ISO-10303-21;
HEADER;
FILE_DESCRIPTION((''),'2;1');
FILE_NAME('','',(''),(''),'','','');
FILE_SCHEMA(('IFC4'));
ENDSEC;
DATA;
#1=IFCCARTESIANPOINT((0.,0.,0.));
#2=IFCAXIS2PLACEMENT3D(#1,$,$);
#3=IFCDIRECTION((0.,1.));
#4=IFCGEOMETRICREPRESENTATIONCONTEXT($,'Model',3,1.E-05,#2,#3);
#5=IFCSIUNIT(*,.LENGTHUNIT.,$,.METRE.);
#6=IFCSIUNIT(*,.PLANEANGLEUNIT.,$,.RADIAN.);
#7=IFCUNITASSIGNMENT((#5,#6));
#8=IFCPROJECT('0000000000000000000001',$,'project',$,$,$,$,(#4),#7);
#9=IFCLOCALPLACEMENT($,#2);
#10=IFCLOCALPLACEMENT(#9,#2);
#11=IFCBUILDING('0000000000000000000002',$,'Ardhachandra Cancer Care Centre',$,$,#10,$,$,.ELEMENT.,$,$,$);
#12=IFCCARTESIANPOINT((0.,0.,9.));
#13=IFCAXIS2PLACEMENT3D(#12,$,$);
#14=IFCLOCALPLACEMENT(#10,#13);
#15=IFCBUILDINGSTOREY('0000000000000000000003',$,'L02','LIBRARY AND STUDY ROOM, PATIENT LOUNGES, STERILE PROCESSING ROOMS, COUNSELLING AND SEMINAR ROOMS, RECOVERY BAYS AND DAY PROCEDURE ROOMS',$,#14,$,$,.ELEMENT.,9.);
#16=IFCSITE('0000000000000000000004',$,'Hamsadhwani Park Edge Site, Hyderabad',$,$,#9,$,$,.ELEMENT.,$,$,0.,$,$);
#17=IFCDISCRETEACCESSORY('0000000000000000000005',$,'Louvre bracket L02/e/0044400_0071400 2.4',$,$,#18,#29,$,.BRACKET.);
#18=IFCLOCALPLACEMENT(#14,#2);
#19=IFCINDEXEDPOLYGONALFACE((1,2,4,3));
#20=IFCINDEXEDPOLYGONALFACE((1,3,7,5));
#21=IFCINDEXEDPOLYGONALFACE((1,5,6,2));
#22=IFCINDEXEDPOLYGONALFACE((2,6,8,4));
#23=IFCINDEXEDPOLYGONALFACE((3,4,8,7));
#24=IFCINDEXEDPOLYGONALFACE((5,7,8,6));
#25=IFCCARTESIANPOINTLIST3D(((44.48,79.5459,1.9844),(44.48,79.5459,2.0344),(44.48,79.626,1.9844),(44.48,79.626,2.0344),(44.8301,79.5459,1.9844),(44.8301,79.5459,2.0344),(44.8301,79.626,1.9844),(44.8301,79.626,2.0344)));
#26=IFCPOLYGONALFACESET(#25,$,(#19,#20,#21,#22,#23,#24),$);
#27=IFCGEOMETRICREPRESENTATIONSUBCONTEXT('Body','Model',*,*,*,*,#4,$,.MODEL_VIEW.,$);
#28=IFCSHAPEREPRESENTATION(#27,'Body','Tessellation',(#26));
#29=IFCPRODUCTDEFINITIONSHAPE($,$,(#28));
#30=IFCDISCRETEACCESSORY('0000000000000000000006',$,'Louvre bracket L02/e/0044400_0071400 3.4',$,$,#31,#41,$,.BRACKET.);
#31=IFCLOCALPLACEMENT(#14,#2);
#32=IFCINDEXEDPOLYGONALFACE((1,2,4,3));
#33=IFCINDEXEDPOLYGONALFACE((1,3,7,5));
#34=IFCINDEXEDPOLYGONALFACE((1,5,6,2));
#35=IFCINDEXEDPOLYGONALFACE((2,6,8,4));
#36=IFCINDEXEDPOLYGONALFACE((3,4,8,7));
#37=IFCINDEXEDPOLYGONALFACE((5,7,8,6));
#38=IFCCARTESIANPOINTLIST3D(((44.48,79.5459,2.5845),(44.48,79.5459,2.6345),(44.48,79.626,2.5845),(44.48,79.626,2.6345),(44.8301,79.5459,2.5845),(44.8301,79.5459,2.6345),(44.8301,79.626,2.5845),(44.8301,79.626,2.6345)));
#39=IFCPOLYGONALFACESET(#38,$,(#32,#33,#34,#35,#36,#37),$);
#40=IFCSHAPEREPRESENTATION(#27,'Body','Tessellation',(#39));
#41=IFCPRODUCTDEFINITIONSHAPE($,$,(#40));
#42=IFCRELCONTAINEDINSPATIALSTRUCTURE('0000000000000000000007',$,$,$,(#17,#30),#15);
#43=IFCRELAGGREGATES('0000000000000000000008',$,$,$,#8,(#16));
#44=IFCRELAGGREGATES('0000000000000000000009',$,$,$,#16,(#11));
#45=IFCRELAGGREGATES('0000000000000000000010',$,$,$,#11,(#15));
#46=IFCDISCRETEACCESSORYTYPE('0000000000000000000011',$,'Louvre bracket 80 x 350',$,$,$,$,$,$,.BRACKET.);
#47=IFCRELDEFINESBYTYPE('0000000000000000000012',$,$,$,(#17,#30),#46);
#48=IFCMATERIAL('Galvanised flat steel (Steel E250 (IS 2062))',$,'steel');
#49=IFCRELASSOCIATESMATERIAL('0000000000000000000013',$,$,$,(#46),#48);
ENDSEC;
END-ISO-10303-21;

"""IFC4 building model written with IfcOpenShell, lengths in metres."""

from ifc_helpers import new_model, si_unit, direction, frame, origin, origin_2d, place, context, subcontext, project, spatial, rectangle, extrude, material, type_object, element, save


model = new_model("IFC4")

# Units and contexts
model_context = context("Model", 3, precision=1e-05, world=origin(), true_north=direction((0.0, 1.0)))
body_context = subcontext(model_context, "Body", "Model", "MODEL_VIEW")
ifc_project = project(units=[si_unit("LENGTHUNIT", "METRE"), si_unit("PLANEANGLEUNIT", "RADIAN")], contexts=[model_context])

# Site, building, storey
site_placement = place(None, origin())
site = spatial("IfcSite", under=ifc_project, at=site_placement, Name="Hamsadhwani Park Edge Site, Hyderabad", CompositionType="ELEMENT", RefElevation=0.0)
building_placement = place(site_placement, origin())
building = spatial("IfcBuilding", under=site, at=building_placement, Name="Ardhachandra Cancer Care Centre", CompositionType="ELEMENT")
storey_placement = place(building_placement, frame((0.0, 0.0, 9.0)))
storey = spatial("IfcBuildingStorey", under=building, at=storey_placement, Name="L02", Description="LIBRARY AND STUDY ROOM, PATIENT LOUNGES, STERILE PROCESSING ROOMS, COUNSELLING AND SEMINAR ROOMS, RECOVERY BAYS AND DAY PROCEDURE ROOMS", CompositionType="ELEMENT", Elevation=9.0)

# Discrete accessories
ifc_material_1 = material(Name="Galvanised flat steel (Steel E250 (IS 2062))", Category="steel")
discrete_accessory_type_1 = type_object("IfcDiscreteAccessoryType", Name="Louvre bracket 80 x 350", PredefinedType="BRACKET", material=ifc_material_1)
for number, where, z_axis, x_axis, name in (
    (1, (44.655, 79.5859, 1.9844), (0.0, 0.0, 1.0), (0.0, 1.0, 0.0), "Louvre bracket L02/e/0044400_0071400 2.4"),
    (2, (44.655, 79.5859, 2.5845), (0.0, 0.0, 1.0), (0.0, 1.0, 0.0), "Louvre bracket L02/e/0044400_0071400 3.4"),
):
    element("IfcDiscreteAccessory", number, at=place(storey_placement, frame(where, z_axis=z_axis, x_axis=x_axis)), inside=storey, type_object=discrete_accessory_type_1, Name=name, PredefinedType="BRACKET", context=body_context, shape_type="SweptSolid", body=[
        extrude(rectangle(XDim=0.0801, YDim=0.3501, at=origin_2d()), origin(), (0.0, 0.0, 1.0), 0.05),
    ])

save(model, "model.ifc")
